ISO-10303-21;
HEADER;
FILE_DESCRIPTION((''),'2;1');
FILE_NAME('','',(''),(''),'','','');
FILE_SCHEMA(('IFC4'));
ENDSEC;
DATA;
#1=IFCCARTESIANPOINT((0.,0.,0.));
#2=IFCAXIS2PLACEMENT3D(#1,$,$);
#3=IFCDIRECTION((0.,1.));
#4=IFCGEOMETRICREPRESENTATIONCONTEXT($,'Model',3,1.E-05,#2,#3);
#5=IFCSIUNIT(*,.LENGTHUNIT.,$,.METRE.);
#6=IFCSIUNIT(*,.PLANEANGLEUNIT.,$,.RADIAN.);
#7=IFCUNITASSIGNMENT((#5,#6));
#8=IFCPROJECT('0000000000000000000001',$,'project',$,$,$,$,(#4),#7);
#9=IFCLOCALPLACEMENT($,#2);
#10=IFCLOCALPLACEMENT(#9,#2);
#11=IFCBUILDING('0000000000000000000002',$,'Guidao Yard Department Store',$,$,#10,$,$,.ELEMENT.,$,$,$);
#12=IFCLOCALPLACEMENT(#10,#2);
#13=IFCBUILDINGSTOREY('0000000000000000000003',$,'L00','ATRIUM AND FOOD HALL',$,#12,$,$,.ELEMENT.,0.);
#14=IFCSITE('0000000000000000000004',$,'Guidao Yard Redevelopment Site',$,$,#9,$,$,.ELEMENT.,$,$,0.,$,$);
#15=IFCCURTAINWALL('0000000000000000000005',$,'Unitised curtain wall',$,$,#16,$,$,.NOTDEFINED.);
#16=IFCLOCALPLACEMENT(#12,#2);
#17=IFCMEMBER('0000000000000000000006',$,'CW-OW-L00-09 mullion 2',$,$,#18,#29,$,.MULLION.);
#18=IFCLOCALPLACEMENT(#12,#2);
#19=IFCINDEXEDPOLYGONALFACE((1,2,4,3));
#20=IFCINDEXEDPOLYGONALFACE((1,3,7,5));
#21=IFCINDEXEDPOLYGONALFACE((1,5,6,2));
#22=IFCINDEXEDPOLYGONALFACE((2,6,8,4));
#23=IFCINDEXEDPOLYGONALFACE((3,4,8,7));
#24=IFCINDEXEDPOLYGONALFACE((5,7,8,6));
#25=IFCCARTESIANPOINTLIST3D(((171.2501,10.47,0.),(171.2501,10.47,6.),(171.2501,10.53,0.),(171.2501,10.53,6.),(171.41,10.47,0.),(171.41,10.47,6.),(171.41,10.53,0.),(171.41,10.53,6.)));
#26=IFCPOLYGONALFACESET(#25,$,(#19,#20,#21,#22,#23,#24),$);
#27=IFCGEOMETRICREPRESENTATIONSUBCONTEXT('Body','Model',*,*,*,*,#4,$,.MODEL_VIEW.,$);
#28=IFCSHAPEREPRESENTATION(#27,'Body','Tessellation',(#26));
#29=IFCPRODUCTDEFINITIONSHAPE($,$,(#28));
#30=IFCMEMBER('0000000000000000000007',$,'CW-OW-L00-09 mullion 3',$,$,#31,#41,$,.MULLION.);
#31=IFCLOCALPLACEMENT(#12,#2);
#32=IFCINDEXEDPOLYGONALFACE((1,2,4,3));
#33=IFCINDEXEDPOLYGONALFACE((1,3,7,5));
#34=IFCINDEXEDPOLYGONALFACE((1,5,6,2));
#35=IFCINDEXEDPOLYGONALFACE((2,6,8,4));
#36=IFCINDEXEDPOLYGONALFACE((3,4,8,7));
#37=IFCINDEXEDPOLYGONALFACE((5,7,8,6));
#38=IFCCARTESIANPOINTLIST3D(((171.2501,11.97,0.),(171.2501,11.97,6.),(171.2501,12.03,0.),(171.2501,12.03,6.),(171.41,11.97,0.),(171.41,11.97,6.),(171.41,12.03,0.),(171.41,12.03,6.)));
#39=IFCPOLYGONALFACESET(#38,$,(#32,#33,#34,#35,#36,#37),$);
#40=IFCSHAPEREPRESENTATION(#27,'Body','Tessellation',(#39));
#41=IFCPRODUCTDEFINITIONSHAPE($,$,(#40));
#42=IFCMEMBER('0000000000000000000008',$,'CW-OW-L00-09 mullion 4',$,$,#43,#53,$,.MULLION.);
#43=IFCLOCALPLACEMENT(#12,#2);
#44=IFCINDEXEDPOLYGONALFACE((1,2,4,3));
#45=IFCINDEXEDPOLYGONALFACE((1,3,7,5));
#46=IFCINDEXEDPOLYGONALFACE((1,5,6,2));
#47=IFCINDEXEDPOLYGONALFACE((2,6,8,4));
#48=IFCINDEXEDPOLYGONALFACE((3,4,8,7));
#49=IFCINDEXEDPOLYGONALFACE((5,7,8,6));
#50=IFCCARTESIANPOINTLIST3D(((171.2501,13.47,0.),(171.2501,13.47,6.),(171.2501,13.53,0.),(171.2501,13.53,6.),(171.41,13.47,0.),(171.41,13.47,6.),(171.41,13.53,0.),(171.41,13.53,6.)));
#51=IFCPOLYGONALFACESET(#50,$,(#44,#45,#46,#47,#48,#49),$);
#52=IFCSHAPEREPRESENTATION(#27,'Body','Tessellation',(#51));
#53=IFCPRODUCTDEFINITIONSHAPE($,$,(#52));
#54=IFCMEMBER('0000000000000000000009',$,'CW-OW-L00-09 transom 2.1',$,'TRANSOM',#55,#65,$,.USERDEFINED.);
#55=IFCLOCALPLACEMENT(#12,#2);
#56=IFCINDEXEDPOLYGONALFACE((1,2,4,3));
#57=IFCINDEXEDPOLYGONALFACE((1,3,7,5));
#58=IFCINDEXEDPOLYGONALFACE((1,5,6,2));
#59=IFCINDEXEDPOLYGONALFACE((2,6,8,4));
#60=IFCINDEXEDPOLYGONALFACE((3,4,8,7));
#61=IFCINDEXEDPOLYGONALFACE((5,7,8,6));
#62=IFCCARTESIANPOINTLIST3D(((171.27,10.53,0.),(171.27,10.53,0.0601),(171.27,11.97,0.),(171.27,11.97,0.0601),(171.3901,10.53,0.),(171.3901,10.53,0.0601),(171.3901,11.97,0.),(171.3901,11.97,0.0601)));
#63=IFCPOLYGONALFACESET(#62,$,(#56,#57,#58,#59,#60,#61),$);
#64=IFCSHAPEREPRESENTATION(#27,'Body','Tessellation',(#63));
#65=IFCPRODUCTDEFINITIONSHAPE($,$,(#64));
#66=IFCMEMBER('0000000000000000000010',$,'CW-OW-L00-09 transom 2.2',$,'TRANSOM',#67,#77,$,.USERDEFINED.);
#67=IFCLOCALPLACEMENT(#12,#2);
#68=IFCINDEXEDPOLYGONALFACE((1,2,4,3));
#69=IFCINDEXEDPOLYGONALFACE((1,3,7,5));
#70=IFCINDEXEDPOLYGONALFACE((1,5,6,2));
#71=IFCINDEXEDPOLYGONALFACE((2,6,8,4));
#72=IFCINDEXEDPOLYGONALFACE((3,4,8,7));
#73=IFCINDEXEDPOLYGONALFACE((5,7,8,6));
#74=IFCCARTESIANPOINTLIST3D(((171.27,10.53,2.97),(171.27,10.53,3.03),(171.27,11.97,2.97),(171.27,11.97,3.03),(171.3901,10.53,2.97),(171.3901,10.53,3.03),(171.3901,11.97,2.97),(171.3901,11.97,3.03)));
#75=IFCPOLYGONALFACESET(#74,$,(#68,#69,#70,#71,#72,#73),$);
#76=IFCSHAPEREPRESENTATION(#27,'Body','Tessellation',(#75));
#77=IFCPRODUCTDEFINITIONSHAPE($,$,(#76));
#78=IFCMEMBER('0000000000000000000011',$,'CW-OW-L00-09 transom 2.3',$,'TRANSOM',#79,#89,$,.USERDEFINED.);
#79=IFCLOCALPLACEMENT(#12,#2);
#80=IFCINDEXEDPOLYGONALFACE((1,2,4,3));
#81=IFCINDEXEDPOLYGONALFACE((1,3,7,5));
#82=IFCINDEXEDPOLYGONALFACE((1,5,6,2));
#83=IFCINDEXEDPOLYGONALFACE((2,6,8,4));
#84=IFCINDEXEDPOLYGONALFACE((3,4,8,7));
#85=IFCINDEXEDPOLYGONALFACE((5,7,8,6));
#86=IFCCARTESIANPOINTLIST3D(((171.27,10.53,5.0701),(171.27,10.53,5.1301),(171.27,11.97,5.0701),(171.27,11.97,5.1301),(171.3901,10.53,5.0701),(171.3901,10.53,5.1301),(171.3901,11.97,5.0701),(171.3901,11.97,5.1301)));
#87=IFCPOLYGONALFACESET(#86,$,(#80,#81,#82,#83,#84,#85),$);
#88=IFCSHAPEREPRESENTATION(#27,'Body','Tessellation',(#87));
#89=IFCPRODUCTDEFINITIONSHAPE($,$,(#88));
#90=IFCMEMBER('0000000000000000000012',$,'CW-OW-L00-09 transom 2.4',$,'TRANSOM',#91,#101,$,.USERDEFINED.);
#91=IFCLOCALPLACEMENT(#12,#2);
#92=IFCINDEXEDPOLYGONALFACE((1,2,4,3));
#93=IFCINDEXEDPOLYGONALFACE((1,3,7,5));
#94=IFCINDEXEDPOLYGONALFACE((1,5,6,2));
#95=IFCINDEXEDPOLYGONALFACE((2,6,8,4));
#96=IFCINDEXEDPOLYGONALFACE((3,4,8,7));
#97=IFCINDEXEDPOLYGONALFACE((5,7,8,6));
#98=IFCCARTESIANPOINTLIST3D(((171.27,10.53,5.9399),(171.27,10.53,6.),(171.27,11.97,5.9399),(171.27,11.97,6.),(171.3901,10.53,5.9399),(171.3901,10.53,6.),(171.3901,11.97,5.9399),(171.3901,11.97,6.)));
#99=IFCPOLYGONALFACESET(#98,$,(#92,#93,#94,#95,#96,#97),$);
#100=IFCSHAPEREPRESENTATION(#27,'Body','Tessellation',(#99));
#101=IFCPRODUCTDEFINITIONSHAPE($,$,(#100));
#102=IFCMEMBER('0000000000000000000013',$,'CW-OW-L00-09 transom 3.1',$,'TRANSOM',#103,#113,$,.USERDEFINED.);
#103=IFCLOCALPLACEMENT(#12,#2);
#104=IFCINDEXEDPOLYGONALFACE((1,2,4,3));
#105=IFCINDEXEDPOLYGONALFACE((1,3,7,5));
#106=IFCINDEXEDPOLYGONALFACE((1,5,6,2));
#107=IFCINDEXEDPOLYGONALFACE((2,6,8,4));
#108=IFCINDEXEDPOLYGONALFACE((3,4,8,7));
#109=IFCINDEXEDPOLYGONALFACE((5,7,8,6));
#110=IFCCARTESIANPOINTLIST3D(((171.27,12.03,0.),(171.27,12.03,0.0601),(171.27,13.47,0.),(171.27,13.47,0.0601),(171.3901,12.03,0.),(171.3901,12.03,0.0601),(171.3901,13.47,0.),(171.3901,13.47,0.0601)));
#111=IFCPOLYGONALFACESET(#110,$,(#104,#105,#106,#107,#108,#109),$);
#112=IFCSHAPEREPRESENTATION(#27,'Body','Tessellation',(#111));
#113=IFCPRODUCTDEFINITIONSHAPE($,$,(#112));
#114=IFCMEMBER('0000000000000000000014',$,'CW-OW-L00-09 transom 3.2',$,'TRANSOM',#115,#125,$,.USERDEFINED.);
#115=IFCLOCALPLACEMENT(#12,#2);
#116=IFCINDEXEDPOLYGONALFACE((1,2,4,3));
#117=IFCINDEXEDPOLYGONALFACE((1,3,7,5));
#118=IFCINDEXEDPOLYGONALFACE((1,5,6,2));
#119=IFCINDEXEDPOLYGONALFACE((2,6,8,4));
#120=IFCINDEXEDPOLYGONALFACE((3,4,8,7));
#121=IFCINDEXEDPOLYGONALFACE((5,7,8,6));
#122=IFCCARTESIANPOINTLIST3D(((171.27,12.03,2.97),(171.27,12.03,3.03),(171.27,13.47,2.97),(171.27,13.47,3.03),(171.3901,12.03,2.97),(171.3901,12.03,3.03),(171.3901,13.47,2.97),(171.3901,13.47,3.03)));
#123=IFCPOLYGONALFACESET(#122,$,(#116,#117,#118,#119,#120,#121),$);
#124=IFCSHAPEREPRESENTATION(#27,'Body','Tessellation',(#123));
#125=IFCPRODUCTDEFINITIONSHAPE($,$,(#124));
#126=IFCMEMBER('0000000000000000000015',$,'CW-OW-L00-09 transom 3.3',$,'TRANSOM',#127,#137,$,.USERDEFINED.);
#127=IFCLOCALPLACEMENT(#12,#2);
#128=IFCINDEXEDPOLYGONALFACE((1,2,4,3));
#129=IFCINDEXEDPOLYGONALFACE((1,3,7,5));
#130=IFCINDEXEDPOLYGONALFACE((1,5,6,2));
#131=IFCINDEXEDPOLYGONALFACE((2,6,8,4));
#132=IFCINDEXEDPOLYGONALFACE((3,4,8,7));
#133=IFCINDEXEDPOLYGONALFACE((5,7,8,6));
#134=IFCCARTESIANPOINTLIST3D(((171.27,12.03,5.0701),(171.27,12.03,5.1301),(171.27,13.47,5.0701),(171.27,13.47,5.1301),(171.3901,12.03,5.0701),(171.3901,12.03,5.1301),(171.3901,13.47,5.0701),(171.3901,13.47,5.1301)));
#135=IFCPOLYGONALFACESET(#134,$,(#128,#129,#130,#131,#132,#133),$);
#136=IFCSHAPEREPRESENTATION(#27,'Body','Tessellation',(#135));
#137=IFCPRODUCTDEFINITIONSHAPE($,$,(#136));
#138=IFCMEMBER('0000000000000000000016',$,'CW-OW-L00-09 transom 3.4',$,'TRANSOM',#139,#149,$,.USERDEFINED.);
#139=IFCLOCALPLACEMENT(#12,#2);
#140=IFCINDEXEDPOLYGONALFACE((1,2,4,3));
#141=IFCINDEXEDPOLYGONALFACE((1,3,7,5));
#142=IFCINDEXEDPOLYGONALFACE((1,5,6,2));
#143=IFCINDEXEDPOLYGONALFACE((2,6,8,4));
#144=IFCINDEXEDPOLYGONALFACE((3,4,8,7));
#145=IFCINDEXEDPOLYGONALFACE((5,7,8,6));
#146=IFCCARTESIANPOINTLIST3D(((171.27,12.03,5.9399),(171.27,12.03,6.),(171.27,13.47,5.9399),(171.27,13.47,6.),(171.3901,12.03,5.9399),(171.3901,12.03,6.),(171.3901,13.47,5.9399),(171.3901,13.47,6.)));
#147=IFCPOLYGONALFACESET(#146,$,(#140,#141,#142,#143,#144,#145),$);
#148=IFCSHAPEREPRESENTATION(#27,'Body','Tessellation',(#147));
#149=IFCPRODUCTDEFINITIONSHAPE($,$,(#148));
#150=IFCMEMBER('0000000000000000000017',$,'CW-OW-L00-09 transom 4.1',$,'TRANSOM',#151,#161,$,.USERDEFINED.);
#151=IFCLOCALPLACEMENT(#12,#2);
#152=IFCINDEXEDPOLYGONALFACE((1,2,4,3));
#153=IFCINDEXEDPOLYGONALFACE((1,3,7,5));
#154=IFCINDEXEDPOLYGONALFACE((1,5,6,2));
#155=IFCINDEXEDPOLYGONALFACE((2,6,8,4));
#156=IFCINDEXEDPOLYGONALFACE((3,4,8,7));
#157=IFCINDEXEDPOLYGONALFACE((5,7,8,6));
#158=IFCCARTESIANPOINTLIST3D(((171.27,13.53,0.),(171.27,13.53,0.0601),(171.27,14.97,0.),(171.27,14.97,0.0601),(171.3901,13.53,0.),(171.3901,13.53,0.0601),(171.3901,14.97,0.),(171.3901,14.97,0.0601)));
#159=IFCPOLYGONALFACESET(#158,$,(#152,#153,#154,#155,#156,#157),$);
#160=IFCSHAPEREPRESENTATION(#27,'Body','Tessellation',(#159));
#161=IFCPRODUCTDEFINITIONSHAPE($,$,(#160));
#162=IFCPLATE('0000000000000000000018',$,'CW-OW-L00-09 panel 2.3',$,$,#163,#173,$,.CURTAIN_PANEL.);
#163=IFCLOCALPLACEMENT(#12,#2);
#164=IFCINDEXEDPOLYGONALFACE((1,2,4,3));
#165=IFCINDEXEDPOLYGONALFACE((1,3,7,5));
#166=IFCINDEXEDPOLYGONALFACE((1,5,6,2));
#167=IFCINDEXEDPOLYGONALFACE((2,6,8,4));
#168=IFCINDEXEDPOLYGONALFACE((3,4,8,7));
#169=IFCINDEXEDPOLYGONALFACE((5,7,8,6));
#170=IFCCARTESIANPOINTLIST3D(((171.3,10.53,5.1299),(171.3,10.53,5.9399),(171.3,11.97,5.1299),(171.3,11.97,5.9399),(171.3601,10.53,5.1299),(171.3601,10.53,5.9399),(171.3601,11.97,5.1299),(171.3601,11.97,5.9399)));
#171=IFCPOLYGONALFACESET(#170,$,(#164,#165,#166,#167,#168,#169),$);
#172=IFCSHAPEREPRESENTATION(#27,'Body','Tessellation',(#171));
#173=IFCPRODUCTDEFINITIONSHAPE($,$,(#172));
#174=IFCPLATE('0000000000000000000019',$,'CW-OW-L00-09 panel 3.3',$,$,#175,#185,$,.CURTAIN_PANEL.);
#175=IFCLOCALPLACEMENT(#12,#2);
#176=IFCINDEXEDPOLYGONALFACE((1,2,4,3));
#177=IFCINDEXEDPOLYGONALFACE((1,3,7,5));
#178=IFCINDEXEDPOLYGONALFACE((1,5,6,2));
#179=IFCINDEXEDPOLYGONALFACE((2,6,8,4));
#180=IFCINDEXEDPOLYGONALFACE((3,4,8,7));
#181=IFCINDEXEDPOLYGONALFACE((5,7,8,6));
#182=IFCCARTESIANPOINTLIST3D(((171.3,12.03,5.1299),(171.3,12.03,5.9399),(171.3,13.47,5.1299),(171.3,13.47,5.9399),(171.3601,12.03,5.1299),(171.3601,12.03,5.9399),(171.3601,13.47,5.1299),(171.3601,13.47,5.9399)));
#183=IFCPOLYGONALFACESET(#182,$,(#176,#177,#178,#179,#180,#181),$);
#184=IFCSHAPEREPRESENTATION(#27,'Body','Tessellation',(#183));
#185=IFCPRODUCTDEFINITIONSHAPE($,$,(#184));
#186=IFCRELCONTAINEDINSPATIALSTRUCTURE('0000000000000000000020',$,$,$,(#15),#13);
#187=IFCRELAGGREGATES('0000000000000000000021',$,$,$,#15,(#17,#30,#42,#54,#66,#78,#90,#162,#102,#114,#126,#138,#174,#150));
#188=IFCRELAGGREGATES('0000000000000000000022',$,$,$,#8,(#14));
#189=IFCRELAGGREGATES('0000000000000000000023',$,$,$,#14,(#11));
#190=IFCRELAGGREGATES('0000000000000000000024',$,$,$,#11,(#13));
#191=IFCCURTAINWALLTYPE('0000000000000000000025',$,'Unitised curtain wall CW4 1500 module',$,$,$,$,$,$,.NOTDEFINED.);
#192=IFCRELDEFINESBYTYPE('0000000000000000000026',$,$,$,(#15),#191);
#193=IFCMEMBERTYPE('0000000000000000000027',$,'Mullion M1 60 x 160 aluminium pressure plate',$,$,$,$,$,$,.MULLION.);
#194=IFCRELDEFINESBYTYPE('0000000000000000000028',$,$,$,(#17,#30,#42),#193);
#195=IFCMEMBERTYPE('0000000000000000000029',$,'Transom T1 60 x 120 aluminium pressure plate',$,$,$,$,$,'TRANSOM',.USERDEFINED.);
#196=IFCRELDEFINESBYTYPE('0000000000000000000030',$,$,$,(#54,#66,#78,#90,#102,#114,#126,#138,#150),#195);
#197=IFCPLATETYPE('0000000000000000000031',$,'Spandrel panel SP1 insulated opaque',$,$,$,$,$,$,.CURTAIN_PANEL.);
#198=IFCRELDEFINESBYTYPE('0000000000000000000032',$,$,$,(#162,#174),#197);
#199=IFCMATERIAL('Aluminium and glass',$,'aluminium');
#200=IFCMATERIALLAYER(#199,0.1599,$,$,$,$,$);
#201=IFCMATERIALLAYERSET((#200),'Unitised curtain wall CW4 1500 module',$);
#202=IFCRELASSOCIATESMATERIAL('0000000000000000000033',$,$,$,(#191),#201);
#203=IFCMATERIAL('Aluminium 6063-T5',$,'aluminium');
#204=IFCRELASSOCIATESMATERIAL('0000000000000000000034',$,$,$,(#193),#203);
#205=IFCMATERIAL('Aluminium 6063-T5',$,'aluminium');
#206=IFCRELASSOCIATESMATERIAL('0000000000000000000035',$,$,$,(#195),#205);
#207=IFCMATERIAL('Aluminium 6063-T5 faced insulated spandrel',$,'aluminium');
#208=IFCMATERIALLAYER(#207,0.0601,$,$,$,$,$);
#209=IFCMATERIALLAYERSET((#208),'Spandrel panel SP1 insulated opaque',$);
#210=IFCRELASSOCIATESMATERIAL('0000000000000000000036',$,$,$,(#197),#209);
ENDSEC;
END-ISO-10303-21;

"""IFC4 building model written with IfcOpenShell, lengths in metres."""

from ifc_helpers import new_model, si_unit, direction, frame, origin, origin_2d, place, context, subcontext, project, spatial, rectangle, extrude, material, layer, layer_set, material_profile, profile_set, type_object, element, aggregate, save


model = new_model("IFC4")

# Units and contexts
model_context = context("Model", 3, precision=1e-05, world=origin(), true_north=direction((0.0, 1.0)))
body_context = subcontext(model_context, "Body", "Model", "MODEL_VIEW")
ifc_project = project(units=[si_unit("LENGTHUNIT", "METRE"), si_unit("PLANEANGLEUNIT", "RADIAN")], contexts=[model_context])

# Site, building, storey
site_placement = place(None, origin())
site = spatial("IfcSite", under=ifc_project, at=site_placement, Name="Guidao Yard Redevelopment Site", CompositionType="ELEMENT", RefElevation=0.0)
building_placement = place(site_placement, origin())
building = spatial("IfcBuilding", under=site, at=building_placement, Name="Guidao Yard Department Store", CompositionType="ELEMENT")
storey_placement = place(building_placement, origin())
storey = spatial("IfcBuildingStorey", under=building, at=storey_placement, Name="L00", Description="ATRIUM AND FOOD HALL", CompositionType="ELEMENT", Elevation=0.0)

# Curtain wall, members, plates
ifc_material_1 = material(Name="Aluminium and glass", Category="aluminium")
ifc_layer_1 = layer(ifc_material_1, 0.1599)
ifc_layer_set_1 = layer_set([ifc_layer_1], Name="Unitised curtain wall CW4 1500 module")
curtain_wall_type = type_object("IfcCurtainWallType", Name="Unitised curtain wall CW4 1500 module", PredefinedType="NOTDEFINED", material=ifc_layer_set_1)
curtain_wall_placement = place(storey_placement, origin())
curtain_wall = element("IfcCurtainWall", 1, at=curtain_wall_placement, inside=storey, type_object=curtain_wall_type, Name="Unitised curtain wall", PredefinedType="NOTDEFINED")
ifc_material_2 = material(Name="Aluminium 6063-T5", Category="aluminium")
ifc_material_profile_1 = material_profile(ifc_material_2, rectangle(XDim=0.0601, YDim=0.1599, at=origin_2d()), Name="Mullion M1 60 x 160 aluminium pressure plate")
ifc_profile_set_1 = profile_set([ifc_material_profile_1], Name="Aluminium 6063-T5")
member_type_1 = type_object("IfcMemberType", Name="Mullion M1 60 x 160 aluminium pressure plate", PredefinedType="MULLION", material=ifc_profile_set_1)
member_1_placement = place(storey_placement, frame((171.3301, 10.5, 0.0), z_axis=(0.0, 0.0, 1.0), x_axis=(0.0, -1.0, 0.0)))
member_1 = element("IfcMember", 2, at=member_1_placement, type_object=member_type_1, Name="CW-OW-L00-09 mullion 2", PredefinedType="MULLION", context=body_context, shape_type="SweptSolid", body=[
    extrude(rectangle(XDim=0.0601, YDim=0.1599, at=origin_2d()), origin(), (0.0, 0.0, 1.0), 6.0),
])
member_2_placement = place(storey_placement, frame((171.3301, 12.0, 0.0), z_axis=(0.0, 0.0, 1.0), x_axis=(0.0, -1.0, 0.0)))
member_2 = element("IfcMember", 3, at=member_2_placement, type_object=member_type_1, Name="CW-OW-L00-09 mullion 3", PredefinedType="MULLION", context=body_context, shape_type="SweptSolid", body=[
    extrude(rectangle(XDim=0.0601, YDim=0.1599, at=origin_2d()), origin(), (0.0, 0.0, 1.0), 6.0),
])
member_3_placement = place(storey_placement, frame((171.3301, 13.5, 0.0), z_axis=(0.0, 0.0, 1.0), x_axis=(0.0, -1.0, 0.0)))
member_3 = element("IfcMember", 4, at=member_3_placement, type_object=member_type_1, Name="CW-OW-L00-09 mullion 4", PredefinedType="MULLION", context=body_context, shape_type="SweptSolid", body=[
    extrude(rectangle(XDim=0.0601, YDim=0.1599, at=origin_2d()), origin(), (0.0, 0.0, 1.0), 6.0),
])
ifc_material_3 = material(Name="Aluminium 6063-T5", Category="aluminium")
ifc_material_profile_2 = material_profile(ifc_material_3, rectangle(XDim=0.1201, YDim=0.0601, at=origin_2d()), Name="Transom T1 60 x 120 aluminium pressure plate")
ifc_profile_set_2 = profile_set([ifc_material_profile_2], Name="Aluminium 6063-T5")
member_type_2 = type_object("IfcMemberType", Name="Transom T1 60 x 120 aluminium pressure plate", ElementType="TRANSOM", PredefinedType="USERDEFINED", material=ifc_profile_set_2)
member_4_placement = place(storey_placement, frame((171.3301, 11.97, 0.03), z_axis=(0.0, -1.0, 0.0), x_axis=(1.0, 0.0, 0.0)))
member_4 = element("IfcMember", 5, at=member_4_placement, type_object=member_type_2, Name="CW-OW-L00-09 transom 2.1", ObjectType="TRANSOM", PredefinedType="USERDEFINED", context=body_context, shape_type="SweptSolid", body=[
    extrude(rectangle(XDim=0.1201, YDim=0.0601, at=origin_2d()), origin(), (0.0, 0.0, 1.0), 1.4399),
])
member_5_placement = place(storey_placement, frame((171.3301, 11.97, 3.0), z_axis=(0.0, -1.0, 0.0), x_axis=(1.0, 0.0, 0.0)))
member_5 = element("IfcMember", 6, at=member_5_placement, type_object=member_type_2, Name="CW-OW-L00-09 transom 2.2", ObjectType="TRANSOM", PredefinedType="USERDEFINED", context=body_context, shape_type="SweptSolid", body=[
    extrude(rectangle(XDim=0.1201, YDim=0.0601, at=origin_2d()), origin(), (0.0, 0.0, 1.0), 1.4399),
])
member_6_placement = place(storey_placement, frame((171.3301, 11.97, 5.1001), z_axis=(0.0, -1.0, 0.0), x_axis=(1.0, 0.0, 0.0)))
member_6 = element("IfcMember", 7, at=member_6_placement, type_object=member_type_2, Name="CW-OW-L00-09 transom 2.3", ObjectType="TRANSOM", PredefinedType="USERDEFINED", context=body_context, shape_type="SweptSolid", body=[
    extrude(rectangle(XDim=0.1201, YDim=0.0601, at=origin_2d()), origin(), (0.0, 0.0, 1.0), 1.4399),
])
member_7_placement = place(storey_placement, frame((171.3301, 11.97, 5.97), z_axis=(0.0, -1.0, 0.0), x_axis=(1.0, 0.0, 0.0)))
member_7 = element("IfcMember", 8, at=member_7_placement, type_object=member_type_2, Name="CW-OW-L00-09 transom 2.4", ObjectType="TRANSOM", PredefinedType="USERDEFINED", context=body_context, shape_type="SweptSolid", body=[
    extrude(rectangle(XDim=0.1201, YDim=0.0601, at=origin_2d()), origin(), (0.0, 0.0, 1.0), 1.4399),
])
member_8_placement = place(storey_placement, frame((171.3301, 13.47, 0.03), z_axis=(0.0, -1.0, 0.0), x_axis=(1.0, 0.0, 0.0)))
member_8 = element("IfcMember", 9, at=member_8_placement, type_object=member_type_2, Name="CW-OW-L00-09 transom 3.1", ObjectType="TRANSOM", PredefinedType="USERDEFINED", context=body_context, shape_type="SweptSolid", body=[
    extrude(rectangle(XDim=0.1201, YDim=0.0601, at=origin_2d()), origin(), (0.0, 0.0, 1.0), 1.4399),
])
member_9_placement = place(storey_placement, frame((171.3301, 13.47, 3.0), z_axis=(0.0, -1.0, 0.0), x_axis=(1.0, 0.0, 0.0)))
member_9 = element("IfcMember", 10, at=member_9_placement, type_object=member_type_2, Name="CW-OW-L00-09 transom 3.2", ObjectType="TRANSOM", PredefinedType="USERDEFINED", context=body_context, shape_type="SweptSolid", body=[
    extrude(rectangle(XDim=0.1201, YDim=0.0601, at=origin_2d()), origin(), (0.0, 0.0, 1.0), 1.4399),
])
member_10_placement = place(storey_placement, frame((171.3301, 13.47, 5.1001), z_axis=(0.0, -1.0, 0.0), x_axis=(1.0, 0.0, 0.0)))
member_10 = element("IfcMember", 11, at=member_10_placement, type_object=member_type_2, Name="CW-OW-L00-09 transom 3.3", ObjectType="TRANSOM", PredefinedType="USERDEFINED", context=body_context, shape_type="SweptSolid", body=[
    extrude(rectangle(XDim=0.1201, YDim=0.0601, at=origin_2d()), origin(), (0.0, 0.0, 1.0), 1.4399),
])
member_11_placement = place(storey_placement, frame((171.3301, 13.47, 5.97), z_axis=(0.0, -1.0, 0.0), x_axis=(1.0, 0.0, 0.0)))
member_11 = element("IfcMember", 12, at=member_11_placement, type_object=member_type_2, Name="CW-OW-L00-09 transom 3.4", ObjectType="TRANSOM", PredefinedType="USERDEFINED", context=body_context, shape_type="SweptSolid", body=[
    extrude(rectangle(XDim=0.1201, YDim=0.0601, at=origin_2d()), origin(), (0.0, 0.0, 1.0), 1.4399),
])
member_12_placement = place(storey_placement, frame((171.3301, 14.97, 0.03), z_axis=(0.0, -1.0, 0.0), x_axis=(1.0, 0.0, 0.0)))
member_12 = element("IfcMember", 13, at=member_12_placement, type_object=member_type_2, Name="CW-OW-L00-09 transom 4.1", ObjectType="TRANSOM", PredefinedType="USERDEFINED", context=body_context, shape_type="SweptSolid", body=[
    extrude(rectangle(XDim=0.1201, YDim=0.0601, at=origin_2d()), origin(), (0.0, 0.0, 1.0), 1.4399),
])
ifc_material_4 = material(Name="Aluminium 6063-T5 faced insulated spandrel", Category="aluminium")
ifc_layer_2 = layer(ifc_material_4, 0.0601)
ifc_layer_set_2 = layer_set([ifc_layer_2], Name="Spandrel panel SP1 insulated opaque")
plate_type_1 = type_object("IfcPlateType", Name="Spandrel panel SP1 insulated opaque", PredefinedType="CURTAIN_PANEL", material=ifc_layer_set_2)
plate_1_placement = place(storey_placement, frame((171.3301, 11.25, 5.1299), z_axis=(0.0, 0.0, 1.0), x_axis=(0.0, -1.0, 0.0)))
plate_1 = element("IfcPlate", 14, at=plate_1_placement, type_object=plate_type_1, Name="CW-OW-L00-09 panel 2.3", PredefinedType="CURTAIN_PANEL", context=body_context, shape_type="SweptSolid", body=[
    extrude(rectangle(XDim=1.4399, YDim=0.0601, at=origin_2d()), origin(), (0.0, 0.0, 1.0), 0.8101),
])
plate_2_placement = place(storey_placement, frame((171.3301, 12.75, 5.1299), z_axis=(0.0, 0.0, 1.0), x_axis=(0.0, -1.0, 0.0)))
plate_2 = element("IfcPlate", 15, at=plate_2_placement, type_object=plate_type_1, Name="CW-OW-L00-09 panel 3.3", PredefinedType="CURTAIN_PANEL", context=body_context, shape_type="SweptSolid", body=[
    extrude(rectangle(XDim=1.4399, YDim=0.0601, at=origin_2d()), origin(), (0.0, 0.0, 1.0), 0.8101),
])
aggregate(curtain_wall, [member_1, member_2, member_3, member_4, member_5, member_6, member_7, plate_1, member_8, member_9, member_10, member_11, plate_2, member_12])

save(model, "model.ifc")
